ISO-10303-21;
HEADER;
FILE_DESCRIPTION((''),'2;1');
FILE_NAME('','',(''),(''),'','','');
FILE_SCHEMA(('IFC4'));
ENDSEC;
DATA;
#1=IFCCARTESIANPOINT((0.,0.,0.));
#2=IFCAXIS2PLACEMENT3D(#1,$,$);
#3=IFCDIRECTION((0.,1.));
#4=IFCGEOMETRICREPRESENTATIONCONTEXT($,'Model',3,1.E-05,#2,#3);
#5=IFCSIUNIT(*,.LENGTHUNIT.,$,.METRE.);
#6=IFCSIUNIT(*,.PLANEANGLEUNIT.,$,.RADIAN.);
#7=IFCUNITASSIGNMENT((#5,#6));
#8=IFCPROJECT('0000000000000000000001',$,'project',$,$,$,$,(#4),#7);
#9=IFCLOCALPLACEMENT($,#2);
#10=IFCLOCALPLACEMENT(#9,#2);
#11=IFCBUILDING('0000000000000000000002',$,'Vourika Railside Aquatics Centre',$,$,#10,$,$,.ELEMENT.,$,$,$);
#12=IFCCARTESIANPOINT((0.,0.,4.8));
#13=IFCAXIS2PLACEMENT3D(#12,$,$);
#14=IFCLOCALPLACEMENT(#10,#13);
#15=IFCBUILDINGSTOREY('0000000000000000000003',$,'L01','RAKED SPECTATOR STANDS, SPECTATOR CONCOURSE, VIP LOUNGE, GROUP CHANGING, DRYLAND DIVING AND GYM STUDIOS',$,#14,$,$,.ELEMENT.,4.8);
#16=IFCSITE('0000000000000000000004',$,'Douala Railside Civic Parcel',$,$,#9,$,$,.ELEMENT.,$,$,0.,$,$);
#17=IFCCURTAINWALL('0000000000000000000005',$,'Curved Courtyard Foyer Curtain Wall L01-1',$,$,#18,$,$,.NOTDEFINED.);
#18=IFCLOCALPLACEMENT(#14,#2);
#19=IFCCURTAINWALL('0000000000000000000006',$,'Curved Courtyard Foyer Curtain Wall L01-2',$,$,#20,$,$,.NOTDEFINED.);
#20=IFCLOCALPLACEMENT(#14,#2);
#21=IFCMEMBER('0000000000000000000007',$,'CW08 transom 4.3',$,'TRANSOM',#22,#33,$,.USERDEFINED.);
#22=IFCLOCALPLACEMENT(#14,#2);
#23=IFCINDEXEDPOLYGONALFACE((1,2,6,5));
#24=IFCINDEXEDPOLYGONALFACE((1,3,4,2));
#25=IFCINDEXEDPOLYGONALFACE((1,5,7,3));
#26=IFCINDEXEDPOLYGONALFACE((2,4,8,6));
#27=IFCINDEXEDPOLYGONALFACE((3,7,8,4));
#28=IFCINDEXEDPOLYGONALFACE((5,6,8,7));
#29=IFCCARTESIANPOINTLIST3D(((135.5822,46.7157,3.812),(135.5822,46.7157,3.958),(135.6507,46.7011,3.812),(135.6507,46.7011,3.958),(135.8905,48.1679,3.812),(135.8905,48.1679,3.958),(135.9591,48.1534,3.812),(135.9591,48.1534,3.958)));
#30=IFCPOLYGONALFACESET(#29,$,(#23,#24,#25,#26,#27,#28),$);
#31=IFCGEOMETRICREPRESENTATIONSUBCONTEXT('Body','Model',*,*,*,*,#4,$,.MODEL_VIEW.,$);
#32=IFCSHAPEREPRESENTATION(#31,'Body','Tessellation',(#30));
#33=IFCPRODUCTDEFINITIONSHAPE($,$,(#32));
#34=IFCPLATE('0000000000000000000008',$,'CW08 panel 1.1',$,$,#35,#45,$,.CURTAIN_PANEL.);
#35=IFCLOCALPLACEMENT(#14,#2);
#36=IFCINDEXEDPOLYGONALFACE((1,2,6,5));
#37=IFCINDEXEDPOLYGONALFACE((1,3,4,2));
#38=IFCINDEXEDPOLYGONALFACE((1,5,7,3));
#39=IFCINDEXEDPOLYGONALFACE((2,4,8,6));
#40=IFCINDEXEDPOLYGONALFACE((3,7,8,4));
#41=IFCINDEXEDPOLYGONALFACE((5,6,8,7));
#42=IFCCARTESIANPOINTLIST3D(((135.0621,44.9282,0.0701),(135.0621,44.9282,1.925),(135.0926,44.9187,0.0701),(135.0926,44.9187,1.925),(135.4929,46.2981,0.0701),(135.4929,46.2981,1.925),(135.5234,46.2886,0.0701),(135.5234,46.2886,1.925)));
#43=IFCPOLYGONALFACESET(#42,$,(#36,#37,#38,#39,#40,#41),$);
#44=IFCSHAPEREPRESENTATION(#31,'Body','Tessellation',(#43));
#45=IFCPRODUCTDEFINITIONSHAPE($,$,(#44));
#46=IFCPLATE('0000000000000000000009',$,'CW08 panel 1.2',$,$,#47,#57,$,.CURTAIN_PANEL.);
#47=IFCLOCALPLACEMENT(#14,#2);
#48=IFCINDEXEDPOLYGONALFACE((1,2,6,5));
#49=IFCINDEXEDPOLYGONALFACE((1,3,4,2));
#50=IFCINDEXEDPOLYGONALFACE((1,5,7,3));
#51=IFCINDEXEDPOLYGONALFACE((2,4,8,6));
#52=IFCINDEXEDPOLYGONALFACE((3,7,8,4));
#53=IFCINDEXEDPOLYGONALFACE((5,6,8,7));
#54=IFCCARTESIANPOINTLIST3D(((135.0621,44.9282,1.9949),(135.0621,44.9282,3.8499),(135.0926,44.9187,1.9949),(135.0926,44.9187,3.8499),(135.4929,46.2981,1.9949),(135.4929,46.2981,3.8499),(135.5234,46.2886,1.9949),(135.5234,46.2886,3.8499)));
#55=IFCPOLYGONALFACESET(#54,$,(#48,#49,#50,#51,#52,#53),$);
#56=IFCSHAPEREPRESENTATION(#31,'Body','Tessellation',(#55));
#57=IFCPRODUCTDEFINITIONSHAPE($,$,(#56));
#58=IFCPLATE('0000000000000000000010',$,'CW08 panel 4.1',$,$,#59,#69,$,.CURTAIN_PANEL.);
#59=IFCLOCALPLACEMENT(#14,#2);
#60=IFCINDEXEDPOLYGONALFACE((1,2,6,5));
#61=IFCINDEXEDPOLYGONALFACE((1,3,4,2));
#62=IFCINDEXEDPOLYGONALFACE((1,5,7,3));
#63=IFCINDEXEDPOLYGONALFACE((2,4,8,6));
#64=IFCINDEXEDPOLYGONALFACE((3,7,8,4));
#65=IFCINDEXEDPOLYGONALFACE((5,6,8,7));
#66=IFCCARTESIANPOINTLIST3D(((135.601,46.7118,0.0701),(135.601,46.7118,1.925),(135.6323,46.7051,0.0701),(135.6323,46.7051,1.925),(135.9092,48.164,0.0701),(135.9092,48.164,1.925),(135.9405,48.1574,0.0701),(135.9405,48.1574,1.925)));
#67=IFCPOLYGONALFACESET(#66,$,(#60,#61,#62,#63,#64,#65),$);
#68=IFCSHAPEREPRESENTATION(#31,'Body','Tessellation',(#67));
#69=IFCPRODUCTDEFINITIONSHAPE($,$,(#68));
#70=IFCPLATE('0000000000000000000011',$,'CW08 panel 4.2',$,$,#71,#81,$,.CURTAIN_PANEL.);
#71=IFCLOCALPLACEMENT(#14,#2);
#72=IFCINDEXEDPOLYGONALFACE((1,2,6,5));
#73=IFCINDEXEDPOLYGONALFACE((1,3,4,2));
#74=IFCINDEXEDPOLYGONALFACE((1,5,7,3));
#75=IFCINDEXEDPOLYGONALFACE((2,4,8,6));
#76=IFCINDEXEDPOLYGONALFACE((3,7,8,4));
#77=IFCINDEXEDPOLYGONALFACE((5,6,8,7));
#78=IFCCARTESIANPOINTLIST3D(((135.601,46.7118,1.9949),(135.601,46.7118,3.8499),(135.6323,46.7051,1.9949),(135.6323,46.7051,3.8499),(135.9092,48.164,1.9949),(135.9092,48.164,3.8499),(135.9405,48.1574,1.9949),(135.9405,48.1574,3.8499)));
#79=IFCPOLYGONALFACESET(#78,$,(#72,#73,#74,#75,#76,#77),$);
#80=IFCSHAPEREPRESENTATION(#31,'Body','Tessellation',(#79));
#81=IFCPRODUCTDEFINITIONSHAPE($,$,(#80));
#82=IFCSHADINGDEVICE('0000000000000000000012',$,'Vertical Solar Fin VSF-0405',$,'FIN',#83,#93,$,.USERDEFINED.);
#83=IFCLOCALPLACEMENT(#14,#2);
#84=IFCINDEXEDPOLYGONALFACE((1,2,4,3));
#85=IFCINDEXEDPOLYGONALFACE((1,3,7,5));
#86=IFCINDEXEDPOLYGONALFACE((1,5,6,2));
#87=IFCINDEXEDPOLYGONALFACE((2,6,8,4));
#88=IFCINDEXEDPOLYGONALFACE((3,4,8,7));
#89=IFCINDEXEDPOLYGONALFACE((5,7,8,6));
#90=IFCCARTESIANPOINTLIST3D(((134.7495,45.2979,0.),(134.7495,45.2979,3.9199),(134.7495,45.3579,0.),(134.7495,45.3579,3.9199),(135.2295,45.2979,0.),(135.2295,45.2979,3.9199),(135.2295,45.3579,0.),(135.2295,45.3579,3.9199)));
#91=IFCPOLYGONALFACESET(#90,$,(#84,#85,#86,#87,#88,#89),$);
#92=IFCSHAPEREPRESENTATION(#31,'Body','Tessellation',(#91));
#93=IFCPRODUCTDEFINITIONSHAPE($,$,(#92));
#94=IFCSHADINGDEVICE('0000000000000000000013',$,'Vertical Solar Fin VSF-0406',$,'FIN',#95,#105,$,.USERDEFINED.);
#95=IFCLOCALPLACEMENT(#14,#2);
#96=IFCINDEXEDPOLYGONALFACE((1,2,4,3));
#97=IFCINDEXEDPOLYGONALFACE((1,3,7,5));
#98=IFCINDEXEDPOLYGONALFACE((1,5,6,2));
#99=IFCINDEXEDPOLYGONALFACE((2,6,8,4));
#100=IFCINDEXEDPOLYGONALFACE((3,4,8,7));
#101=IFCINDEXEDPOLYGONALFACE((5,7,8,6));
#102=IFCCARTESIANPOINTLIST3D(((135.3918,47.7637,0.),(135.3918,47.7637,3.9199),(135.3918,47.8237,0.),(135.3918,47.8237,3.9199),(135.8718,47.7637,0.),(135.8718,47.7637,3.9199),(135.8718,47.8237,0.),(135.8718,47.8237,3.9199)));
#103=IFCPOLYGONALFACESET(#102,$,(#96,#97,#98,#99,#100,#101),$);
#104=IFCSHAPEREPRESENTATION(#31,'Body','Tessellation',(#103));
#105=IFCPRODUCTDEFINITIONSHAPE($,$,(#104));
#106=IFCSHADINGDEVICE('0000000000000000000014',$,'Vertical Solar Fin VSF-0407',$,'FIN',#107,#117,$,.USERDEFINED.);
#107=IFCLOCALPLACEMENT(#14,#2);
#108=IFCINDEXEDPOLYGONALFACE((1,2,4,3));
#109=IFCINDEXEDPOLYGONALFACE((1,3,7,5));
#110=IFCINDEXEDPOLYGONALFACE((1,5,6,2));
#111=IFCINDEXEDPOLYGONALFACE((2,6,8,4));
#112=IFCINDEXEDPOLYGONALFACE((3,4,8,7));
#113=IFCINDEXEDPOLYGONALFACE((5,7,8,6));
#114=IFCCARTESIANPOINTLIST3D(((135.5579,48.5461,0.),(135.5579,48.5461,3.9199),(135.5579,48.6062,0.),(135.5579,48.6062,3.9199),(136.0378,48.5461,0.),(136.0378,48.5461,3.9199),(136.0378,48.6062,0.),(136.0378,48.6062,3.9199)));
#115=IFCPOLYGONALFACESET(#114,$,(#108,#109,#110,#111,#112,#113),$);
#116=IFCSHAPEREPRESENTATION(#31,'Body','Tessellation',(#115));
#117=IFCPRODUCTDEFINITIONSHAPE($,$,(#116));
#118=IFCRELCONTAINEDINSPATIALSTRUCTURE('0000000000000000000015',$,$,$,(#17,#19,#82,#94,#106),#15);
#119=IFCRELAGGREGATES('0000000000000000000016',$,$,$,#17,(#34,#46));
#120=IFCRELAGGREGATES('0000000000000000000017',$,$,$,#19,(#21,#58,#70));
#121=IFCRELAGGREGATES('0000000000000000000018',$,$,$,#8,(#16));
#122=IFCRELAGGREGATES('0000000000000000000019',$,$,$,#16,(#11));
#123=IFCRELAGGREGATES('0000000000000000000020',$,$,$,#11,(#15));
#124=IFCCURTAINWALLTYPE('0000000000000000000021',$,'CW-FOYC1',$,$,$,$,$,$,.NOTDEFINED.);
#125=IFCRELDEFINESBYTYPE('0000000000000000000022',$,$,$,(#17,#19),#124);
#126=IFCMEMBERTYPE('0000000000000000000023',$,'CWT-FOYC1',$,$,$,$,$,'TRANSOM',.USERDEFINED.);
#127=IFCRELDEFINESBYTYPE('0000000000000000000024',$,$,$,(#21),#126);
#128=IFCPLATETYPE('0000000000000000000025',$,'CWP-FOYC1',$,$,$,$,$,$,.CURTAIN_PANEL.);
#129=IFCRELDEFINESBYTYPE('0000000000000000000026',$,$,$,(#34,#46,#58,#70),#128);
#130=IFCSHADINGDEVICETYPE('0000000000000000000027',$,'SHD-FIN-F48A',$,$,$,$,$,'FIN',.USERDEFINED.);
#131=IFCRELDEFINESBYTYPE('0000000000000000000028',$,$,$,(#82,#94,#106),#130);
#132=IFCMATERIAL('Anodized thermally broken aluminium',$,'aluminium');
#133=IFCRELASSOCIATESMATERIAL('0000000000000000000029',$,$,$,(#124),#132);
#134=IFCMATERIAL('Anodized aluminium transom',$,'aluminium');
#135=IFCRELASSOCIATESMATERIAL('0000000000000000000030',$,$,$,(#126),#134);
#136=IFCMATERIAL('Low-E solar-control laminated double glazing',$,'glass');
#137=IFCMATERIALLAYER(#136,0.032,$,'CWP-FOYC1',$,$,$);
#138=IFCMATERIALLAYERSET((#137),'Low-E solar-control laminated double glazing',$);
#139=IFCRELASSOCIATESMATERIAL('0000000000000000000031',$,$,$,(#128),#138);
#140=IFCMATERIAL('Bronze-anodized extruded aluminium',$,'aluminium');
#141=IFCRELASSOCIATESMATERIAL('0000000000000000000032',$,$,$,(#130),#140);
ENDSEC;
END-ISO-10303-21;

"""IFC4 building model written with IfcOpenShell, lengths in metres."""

from ifc_helpers import new_model, si_unit, direction, frame, origin, origin_2d, place, context, subcontext, project, spatial, rectangle, extrude, material, layer, layer_set, material_profile, profile_set, type_object, element, aggregate, save


model = new_model("IFC4")

# Units and contexts
model_context = context("Model", 3, precision=1e-05, world=origin(), true_north=direction((0.0, 1.0)))
body_context = subcontext(model_context, "Body", "Model", "MODEL_VIEW")
ifc_project = project(units=[si_unit("LENGTHUNIT", "METRE"), si_unit("PLANEANGLEUNIT", "RADIAN")], contexts=[model_context])

# Site, building, storey
site_placement = place(None, origin())
site = spatial("IfcSite", under=ifc_project, at=site_placement, Name="Douala Railside Civic Parcel", CompositionType="ELEMENT", RefElevation=0.0)
building_placement = place(site_placement, origin())
building = spatial("IfcBuilding", under=site, at=building_placement, Name="Vourika Railside Aquatics Centre", CompositionType="ELEMENT")
storey_placement = place(building_placement, frame((0.0, 0.0, 4.8)))
storey = spatial("IfcBuildingStorey", under=building, at=storey_placement, Name="L01", Description="RAKED SPECTATOR STANDS, SPECTATOR CONCOURSE, VIP LOUNGE, GROUP CHANGING, DRYLAND DIVING AND GYM STUDIOS", CompositionType="ELEMENT", Elevation=4.8)

# Curtain walls
ifc_material_1 = material(Name="Anodized thermally broken aluminium", Category="aluminium")
curtain_wall_type = type_object("IfcCurtainWallType", Name="CW-FOYC1", PredefinedType="NOTDEFINED", material=ifc_material_1)
curtain_wall_1_placement = place(storey_placement, origin())
curtain_wall_1 = element("IfcCurtainWall", 1, at=curtain_wall_1_placement, inside=storey, type_object=curtain_wall_type, Name="Curved Courtyard Foyer Curtain Wall L01-1", PredefinedType="NOTDEFINED")
curtain_wall_2_placement = place(storey_placement, origin())
curtain_wall_2 = element("IfcCurtainWall", 2, at=curtain_wall_2_placement, inside=storey, type_object=curtain_wall_type, Name="Curved Courtyard Foyer Curtain Wall L01-2", PredefinedType="NOTDEFINED")

# Member
ifc_material_2 = material(Name="Anodized aluminium transom", Category="aluminium")
ifc_material_profile_1 = material_profile(ifc_material_2, rectangle(XDim=0.0701, YDim=0.146, at=origin_2d()), Name="ALU-T 70x146")
ifc_profile_set_1 = profile_set([ifc_material_profile_1], Name="Anodized aluminium transom")
member_type_1 = type_object("IfcMemberType", Name="CWT-FOYC1", ElementType="TRANSOM", PredefinedType="USERDEFINED", material=ifc_profile_set_1)
member_1_placement = place(storey_placement, frame((135.9248, 48.1606, 3.885), z_axis=(-0.207709, -0.978191, 0.0), x_axis=(0.978191, -0.207709, 0.0)))
member_1 = element("IfcMember", 3, at=member_1_placement, type_object=member_type_1, Name="CW08 transom 4.3", ObjectType="TRANSOM", PredefinedType="USERDEFINED", context=body_context, shape_type="SweptSolid", body=[
    extrude(rectangle(XDim=0.0701, YDim=0.146, at=origin_2d()), origin(), (0.0, 0.0, 1.0), 1.4846),
])

# Plates
ifc_material_3 = material(Name="Low-E solar-control laminated double glazing", Category="glass")
ifc_layer = layer(ifc_material_3, 0.032, Name="CWP-FOYC1")
ifc_layer_set = layer_set([ifc_layer], Name="Low-E solar-control laminated double glazing")
plate_type = type_object("IfcPlateType", Name="CWP-FOYC1", PredefinedType="CURTAIN_PANEL", material=ifc_layer_set)
plate_1_placement = place(storey_placement, frame((135.2927, 45.6084, 0.0701), z_axis=(0.0, 0.0, 1.0), x_axis=(-0.299974, -0.953947, 0.0)))
plate_1 = element("IfcPlate", 4, at=plate_1_placement, type_object=plate_type, Name="CW08 panel 1.1", PredefinedType="CURTAIN_PANEL", context=body_context, shape_type="SweptSolid", body=[
    extrude(rectangle(XDim=1.436, YDim=0.032, at=origin_2d()), origin(), (0.0, 0.0, 1.0), 1.855),
])
plate_2_placement = place(storey_placement, frame((135.2927, 45.6084, 1.9949), z_axis=(0.0, 0.0, 1.0), x_axis=(-0.299974, -0.953947, 0.0)))
plate_2 = element("IfcPlate", 5, at=plate_2_placement, type_object=plate_type, Name="CW08 panel 1.2", PredefinedType="CURTAIN_PANEL", context=body_context, shape_type="SweptSolid", body=[
    extrude(rectangle(XDim=1.436, YDim=0.032, at=origin_2d()), origin(), (0.0, 0.0, 1.0), 1.855),
])
aggregate(curtain_wall_1, [plate_1, plate_2])
plate_3_placement = place(storey_placement, frame((135.7708, 47.4346, 0.0701), z_axis=(0.0, 0.0, 1.0), x_axis=(-0.207595, -0.978215, 0.0)))
plate_3 = element("IfcPlate", 6, at=plate_3_placement, type_object=plate_type, Name="CW08 panel 4.1", PredefinedType="CURTAIN_PANEL", context=body_context, shape_type="SweptSolid", body=[
    extrude(rectangle(XDim=1.4846, YDim=0.032, at=origin_2d()), origin(), (0.0, 0.0, 1.0), 1.855),
])
plate_4_placement = place(storey_placement, frame((135.7708, 47.4346, 1.9949), z_axis=(0.0, 0.0, 1.0), x_axis=(-0.207595, -0.978215, 0.0)))
plate_4 = element("IfcPlate", 7, at=plate_4_placement, type_object=plate_type, Name="CW08 panel 4.2", PredefinedType="CURTAIN_PANEL", context=body_context, shape_type="SweptSolid", body=[
    extrude(rectangle(XDim=1.4846, YDim=0.032, at=origin_2d()), origin(), (0.0, 0.0, 1.0), 1.855),
])
aggregate(curtain_wall_2, [member_1, plate_3, plate_4])

# Shading devices
ifc_material_4 = material(Name="Bronze-anodized extruded aluminium", Category="aluminium")
ifc_material_profile_2 = material_profile(ifc_material_4, rectangle(XDim=0.0601, YDim=0.48, at=origin_2d()), Name="ALU-FIN 60x480")
ifc_profile_set_2 = profile_set([ifc_material_profile_2], Name="Bronze-anodized extruded aluminium")
shading_device_type = type_object("IfcShadingDeviceType", Name="SHD-FIN-F48A", ElementType="FIN", PredefinedType="USERDEFINED", material=ifc_profile_set_2)
for number, where, z_axis, x_axis, name in (
    (8, (134.9895, 45.3279, 0.0), (0.0, 0.0, 1.0), (0.0, 1.0, 0.0), "Vertical Solar Fin VSF-0405"),
    (9, (135.6318, 47.7937, 0.0), (0.0, 0.0, 1.0), (0.0, 1.0, 0.0), "Vertical Solar Fin VSF-0406"),
    (10, (135.7979, 48.5762, 0.0), (0.0, 0.0, 1.0), (0.0, 1.0, 0.0), "Vertical Solar Fin VSF-0407"),
):
    element("IfcShadingDevice", number, at=place(storey_placement, frame(where, z_axis=z_axis, x_axis=x_axis)), inside=storey, type_object=shading_device_type, Name=name, ObjectType="FIN", PredefinedType="USERDEFINED", context=body_context, shape_type="SweptSolid", body=[
        extrude(rectangle(XDim=0.0601, YDim=0.48, at=origin_2d()), origin(), (0.0, 0.0, 1.0), 3.9199),
    ])

save(model, "model.ifc")
